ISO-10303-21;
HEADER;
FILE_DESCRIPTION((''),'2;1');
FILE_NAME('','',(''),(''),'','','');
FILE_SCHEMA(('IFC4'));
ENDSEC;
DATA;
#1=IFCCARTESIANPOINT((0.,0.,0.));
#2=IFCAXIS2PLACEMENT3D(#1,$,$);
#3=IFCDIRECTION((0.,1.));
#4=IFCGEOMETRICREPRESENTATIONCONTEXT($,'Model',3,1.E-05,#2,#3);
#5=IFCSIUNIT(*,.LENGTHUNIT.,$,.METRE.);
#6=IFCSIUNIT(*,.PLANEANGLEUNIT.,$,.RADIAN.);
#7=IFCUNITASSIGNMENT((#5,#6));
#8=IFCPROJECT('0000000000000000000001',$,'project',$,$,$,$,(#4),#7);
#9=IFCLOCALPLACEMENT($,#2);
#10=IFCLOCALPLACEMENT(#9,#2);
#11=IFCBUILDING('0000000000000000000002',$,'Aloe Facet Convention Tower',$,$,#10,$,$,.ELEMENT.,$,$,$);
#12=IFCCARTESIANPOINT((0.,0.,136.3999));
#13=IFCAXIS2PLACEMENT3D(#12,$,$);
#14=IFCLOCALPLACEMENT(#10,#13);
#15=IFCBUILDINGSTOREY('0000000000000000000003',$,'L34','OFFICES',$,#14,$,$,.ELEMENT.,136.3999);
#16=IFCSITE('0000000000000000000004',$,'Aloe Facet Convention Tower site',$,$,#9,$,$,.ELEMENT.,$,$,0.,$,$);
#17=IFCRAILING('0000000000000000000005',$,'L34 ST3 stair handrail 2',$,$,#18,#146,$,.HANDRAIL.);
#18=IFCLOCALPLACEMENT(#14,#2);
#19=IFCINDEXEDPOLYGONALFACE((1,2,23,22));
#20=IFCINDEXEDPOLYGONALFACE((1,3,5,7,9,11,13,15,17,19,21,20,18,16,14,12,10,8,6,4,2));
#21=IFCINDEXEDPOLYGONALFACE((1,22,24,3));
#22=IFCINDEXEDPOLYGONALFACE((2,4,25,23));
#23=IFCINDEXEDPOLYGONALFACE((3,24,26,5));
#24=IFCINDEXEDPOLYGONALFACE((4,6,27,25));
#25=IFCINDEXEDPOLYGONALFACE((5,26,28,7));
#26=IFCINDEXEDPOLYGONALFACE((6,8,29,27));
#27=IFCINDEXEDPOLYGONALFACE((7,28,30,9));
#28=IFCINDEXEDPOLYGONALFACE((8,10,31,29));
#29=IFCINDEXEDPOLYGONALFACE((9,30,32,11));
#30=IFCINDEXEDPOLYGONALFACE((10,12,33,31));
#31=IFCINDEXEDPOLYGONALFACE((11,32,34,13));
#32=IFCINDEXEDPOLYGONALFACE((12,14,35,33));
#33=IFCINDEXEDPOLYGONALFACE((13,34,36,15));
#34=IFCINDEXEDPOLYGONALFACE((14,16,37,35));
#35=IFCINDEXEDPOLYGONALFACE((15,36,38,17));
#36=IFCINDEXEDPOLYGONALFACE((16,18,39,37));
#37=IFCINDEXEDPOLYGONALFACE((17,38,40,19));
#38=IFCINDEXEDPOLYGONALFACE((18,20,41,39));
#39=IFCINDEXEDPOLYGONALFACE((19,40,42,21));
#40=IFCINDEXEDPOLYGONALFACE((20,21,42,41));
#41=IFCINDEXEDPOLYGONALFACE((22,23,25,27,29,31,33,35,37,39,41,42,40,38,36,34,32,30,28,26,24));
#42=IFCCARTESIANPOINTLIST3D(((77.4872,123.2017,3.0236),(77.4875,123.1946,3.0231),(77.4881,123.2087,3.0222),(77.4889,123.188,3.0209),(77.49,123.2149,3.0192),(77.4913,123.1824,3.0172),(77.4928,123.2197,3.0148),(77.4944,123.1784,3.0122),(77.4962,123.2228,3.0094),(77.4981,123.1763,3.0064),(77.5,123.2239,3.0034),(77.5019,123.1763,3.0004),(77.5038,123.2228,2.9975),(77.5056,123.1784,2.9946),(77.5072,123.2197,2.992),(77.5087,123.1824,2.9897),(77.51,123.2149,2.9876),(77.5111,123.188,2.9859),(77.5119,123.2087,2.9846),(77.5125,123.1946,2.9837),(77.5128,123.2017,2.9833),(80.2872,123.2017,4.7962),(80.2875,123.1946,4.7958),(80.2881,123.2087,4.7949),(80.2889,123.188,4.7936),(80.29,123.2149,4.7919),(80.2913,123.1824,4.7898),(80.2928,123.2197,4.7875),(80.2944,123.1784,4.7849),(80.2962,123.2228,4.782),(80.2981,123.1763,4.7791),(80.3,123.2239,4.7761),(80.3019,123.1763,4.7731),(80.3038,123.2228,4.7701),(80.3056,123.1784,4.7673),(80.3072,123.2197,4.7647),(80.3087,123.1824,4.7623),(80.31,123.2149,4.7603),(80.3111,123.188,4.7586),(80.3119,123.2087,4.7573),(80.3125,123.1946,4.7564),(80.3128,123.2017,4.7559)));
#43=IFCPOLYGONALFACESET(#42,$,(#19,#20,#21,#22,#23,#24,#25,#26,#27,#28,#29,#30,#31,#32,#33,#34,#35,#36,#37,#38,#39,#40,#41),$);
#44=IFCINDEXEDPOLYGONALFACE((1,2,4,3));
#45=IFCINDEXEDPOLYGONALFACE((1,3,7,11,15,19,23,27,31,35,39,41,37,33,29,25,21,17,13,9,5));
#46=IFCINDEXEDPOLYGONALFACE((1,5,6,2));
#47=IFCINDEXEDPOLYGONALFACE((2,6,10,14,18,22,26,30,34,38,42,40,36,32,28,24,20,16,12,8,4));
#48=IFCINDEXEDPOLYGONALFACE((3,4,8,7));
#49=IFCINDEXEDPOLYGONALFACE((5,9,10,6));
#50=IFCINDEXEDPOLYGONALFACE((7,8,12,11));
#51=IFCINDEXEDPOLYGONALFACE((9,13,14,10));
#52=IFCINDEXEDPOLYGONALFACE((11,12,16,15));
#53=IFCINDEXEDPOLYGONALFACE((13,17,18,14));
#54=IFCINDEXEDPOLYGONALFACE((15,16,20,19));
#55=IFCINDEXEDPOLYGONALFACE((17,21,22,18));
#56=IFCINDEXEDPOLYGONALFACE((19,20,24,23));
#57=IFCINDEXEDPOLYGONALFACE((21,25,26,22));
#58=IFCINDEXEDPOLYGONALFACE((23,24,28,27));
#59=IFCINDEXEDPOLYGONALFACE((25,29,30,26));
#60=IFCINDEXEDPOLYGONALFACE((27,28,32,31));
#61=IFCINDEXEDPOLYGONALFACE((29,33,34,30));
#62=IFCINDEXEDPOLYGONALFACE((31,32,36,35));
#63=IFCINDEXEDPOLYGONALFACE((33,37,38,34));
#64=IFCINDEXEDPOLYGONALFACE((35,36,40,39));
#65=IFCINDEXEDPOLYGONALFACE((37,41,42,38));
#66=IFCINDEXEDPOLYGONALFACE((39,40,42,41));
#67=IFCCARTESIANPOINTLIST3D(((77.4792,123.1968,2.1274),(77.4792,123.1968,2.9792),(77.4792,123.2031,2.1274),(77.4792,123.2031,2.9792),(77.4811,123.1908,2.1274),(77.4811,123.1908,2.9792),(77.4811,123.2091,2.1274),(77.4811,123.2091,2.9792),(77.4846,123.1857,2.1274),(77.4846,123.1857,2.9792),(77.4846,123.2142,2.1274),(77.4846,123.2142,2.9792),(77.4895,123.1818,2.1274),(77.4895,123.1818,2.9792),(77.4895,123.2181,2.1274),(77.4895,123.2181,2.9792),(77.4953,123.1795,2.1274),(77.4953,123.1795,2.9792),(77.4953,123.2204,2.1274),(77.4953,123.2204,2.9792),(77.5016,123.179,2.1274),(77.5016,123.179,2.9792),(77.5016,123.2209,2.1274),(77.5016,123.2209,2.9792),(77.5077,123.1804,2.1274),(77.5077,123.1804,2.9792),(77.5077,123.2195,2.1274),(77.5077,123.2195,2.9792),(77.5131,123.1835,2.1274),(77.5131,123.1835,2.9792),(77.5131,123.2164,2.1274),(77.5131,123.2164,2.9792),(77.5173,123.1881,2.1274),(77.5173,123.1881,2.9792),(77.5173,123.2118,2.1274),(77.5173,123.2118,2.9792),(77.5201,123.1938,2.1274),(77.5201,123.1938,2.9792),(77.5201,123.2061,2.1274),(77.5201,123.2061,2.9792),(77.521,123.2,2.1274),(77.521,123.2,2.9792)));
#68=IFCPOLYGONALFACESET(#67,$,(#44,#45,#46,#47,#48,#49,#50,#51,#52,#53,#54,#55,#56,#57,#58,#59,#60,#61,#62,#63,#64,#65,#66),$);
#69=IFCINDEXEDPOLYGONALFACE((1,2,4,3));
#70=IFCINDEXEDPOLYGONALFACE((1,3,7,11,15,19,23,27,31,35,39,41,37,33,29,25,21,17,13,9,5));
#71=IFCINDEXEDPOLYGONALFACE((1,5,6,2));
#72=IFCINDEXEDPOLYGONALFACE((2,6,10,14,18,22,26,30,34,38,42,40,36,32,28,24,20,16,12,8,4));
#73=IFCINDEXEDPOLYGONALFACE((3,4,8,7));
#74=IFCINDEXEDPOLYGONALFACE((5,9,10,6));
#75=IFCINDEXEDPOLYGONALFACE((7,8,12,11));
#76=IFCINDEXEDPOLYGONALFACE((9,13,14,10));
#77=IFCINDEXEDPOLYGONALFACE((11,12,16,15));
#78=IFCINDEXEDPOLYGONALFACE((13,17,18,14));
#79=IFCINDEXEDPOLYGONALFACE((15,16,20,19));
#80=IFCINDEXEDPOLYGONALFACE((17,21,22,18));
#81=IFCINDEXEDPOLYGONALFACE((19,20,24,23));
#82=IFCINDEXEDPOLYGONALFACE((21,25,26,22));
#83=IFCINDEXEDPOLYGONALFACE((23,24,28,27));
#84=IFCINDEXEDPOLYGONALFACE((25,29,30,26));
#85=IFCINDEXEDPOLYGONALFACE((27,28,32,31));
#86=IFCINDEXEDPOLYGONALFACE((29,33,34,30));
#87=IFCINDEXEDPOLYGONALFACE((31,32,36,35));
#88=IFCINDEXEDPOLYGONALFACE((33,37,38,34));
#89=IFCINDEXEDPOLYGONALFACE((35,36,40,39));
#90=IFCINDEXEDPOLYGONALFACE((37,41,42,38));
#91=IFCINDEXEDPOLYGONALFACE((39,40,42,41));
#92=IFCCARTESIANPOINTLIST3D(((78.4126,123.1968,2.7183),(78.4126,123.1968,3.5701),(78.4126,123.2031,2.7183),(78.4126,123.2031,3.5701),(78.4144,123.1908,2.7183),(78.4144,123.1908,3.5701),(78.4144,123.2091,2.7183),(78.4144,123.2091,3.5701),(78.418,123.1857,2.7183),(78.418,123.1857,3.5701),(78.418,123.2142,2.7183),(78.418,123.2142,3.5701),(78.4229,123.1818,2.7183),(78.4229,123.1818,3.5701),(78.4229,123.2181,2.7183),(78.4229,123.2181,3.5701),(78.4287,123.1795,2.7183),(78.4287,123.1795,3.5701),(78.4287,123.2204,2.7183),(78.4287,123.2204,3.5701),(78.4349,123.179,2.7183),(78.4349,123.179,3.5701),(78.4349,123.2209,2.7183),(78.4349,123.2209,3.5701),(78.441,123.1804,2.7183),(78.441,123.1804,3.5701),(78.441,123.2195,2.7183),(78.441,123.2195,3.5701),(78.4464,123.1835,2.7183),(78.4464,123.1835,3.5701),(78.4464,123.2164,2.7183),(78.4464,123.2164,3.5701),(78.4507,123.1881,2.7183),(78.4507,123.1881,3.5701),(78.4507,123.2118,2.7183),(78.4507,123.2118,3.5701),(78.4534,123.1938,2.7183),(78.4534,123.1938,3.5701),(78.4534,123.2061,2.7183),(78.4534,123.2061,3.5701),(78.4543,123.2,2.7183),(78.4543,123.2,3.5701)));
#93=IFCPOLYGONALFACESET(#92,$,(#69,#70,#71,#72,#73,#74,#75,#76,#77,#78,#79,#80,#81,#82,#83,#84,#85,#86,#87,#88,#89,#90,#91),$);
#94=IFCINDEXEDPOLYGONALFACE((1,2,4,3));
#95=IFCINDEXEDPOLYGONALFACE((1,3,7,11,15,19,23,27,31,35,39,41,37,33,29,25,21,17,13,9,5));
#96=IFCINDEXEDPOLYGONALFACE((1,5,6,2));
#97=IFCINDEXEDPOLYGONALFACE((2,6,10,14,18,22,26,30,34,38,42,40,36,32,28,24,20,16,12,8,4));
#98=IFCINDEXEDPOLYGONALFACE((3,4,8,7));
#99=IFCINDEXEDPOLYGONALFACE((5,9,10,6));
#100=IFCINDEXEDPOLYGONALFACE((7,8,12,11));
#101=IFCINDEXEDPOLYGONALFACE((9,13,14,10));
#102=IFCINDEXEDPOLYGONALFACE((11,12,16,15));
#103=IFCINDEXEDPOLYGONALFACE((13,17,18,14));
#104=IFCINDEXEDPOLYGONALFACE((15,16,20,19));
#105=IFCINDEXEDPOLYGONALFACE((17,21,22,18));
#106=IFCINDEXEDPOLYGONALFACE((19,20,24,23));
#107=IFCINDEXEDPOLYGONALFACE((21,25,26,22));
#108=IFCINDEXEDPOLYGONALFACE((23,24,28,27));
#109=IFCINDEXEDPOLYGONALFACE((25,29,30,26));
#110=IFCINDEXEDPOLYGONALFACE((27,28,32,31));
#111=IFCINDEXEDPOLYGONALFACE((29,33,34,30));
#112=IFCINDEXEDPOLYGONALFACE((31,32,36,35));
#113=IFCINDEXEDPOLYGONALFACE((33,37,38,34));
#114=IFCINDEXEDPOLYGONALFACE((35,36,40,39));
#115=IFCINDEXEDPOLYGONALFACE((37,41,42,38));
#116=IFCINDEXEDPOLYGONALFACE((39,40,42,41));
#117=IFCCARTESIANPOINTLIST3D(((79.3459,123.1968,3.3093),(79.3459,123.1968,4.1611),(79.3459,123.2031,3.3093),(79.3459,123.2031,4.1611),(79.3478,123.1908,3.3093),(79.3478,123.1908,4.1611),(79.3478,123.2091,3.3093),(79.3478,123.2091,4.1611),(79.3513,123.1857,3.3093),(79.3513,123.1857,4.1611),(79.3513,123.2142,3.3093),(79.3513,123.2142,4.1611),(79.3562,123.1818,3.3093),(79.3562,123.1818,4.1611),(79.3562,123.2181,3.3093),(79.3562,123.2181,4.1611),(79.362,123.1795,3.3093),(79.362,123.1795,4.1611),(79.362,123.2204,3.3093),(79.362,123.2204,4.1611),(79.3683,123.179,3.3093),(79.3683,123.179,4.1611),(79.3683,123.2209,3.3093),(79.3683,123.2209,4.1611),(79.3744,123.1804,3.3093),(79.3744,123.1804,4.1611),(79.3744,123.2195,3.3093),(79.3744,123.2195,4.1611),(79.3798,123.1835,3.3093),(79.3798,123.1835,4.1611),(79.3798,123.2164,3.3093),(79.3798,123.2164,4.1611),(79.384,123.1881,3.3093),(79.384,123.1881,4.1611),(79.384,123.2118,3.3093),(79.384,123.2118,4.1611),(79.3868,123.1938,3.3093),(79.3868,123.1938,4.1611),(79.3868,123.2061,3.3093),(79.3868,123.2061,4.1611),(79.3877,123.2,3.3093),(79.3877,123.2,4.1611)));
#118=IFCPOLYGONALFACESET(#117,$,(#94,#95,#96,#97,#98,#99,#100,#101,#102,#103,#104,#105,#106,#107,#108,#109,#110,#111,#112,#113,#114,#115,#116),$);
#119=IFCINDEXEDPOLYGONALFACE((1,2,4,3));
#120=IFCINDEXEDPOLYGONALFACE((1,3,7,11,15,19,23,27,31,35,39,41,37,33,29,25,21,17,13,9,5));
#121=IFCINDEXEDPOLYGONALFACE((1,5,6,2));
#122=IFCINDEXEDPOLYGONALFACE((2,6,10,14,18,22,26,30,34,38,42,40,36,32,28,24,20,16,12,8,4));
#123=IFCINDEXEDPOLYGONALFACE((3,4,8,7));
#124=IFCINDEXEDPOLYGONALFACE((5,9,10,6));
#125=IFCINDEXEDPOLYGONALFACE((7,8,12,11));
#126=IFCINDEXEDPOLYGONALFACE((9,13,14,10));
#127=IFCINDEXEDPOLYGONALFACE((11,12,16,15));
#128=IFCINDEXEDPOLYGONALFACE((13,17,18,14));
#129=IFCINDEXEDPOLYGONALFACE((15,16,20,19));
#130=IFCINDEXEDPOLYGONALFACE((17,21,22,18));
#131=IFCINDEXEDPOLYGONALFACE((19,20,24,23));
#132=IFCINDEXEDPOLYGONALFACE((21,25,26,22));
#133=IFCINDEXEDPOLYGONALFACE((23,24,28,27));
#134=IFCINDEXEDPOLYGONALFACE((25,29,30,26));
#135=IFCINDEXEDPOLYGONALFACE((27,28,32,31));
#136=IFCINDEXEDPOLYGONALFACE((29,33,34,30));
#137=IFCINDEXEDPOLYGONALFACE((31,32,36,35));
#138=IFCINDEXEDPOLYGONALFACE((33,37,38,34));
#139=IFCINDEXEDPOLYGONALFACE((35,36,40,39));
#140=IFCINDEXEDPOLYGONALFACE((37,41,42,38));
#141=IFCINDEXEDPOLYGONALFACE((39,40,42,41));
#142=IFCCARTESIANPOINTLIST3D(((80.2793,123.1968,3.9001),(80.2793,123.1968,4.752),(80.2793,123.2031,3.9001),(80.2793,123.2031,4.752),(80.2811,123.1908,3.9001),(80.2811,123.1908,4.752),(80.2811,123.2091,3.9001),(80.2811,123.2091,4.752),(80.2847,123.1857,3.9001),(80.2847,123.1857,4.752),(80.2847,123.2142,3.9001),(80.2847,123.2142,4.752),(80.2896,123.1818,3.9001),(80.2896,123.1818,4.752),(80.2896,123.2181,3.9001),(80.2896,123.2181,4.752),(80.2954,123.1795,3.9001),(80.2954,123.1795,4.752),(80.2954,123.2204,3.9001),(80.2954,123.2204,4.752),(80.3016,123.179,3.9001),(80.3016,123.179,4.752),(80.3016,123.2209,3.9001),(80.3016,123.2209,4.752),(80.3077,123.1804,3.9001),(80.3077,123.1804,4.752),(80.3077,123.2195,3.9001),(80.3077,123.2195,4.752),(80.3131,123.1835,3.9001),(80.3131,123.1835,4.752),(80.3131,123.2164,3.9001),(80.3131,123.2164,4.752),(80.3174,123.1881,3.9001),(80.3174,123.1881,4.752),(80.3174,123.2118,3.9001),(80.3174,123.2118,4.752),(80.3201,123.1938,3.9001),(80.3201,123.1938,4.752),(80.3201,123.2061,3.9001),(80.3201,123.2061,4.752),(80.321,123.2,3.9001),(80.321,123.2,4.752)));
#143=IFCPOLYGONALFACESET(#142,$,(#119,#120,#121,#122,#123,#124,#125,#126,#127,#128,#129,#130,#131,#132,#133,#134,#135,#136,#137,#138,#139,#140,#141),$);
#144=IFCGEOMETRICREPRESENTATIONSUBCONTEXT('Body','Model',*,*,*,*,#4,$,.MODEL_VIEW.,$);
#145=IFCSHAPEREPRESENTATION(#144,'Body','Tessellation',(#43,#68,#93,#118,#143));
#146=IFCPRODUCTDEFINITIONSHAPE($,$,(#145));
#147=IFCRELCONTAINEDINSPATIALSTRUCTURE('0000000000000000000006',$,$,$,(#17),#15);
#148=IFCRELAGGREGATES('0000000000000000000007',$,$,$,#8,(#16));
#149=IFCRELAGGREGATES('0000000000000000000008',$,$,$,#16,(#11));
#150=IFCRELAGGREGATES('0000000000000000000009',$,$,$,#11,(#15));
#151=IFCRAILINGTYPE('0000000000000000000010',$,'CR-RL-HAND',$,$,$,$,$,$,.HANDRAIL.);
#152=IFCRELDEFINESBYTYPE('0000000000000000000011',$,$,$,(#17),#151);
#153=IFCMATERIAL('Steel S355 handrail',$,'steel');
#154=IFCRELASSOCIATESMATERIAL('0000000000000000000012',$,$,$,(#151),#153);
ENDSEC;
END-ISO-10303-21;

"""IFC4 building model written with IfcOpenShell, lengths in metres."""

from ifc_helpers import new_model, si_unit, direction, frame, origin, origin_2d, place, context, subcontext, project, spatial, circle, extrude, material, type_object, element, save


model = new_model("IFC4")

# Units and contexts
model_context = context("Model", 3, precision=1e-05, world=origin(), true_north=direction((0.0, 1.0)))
body_context = subcontext(model_context, "Body", "Model", "MODEL_VIEW")
ifc_project = project(units=[si_unit("LENGTHUNIT", "METRE"), si_unit("PLANEANGLEUNIT", "RADIAN")], contexts=[model_context])

# Site, building, storey
site_placement = place(None, origin())
site = spatial("IfcSite", under=ifc_project, at=site_placement, Name="Aloe Facet Convention Tower site", CompositionType="ELEMENT", RefElevation=0.0)
building_placement = place(site_placement, origin())
building = spatial("IfcBuilding", under=site, at=building_placement, Name="Aloe Facet Convention Tower", CompositionType="ELEMENT")
storey_placement = place(building_placement, frame((0.0, 0.0, 136.3999)))
storey = spatial("IfcBuildingStorey", under=building, at=storey_placement, Name="L34", Description="OFFICES", CompositionType="ELEMENT", Elevation=136.3999)

# Railing
ifc_material_1 = material(Name="Steel S355 handrail", Category="steel")
railing_type_1 = type_object("IfcRailingType", Name="CR-RL-HAND", PredefinedType="HANDRAIL", material=ifc_material_1)
railing_1_placement = place(storey_placement, frame((77.5, 123.2, 2.1274)))
element("IfcRailing", 1, at=railing_1_placement, inside=storey, type_object=railing_type_1, Name="L34 ST3 stair handrail 2", PredefinedType="HANDRAIL", context=body_context, shape_type="SweptSolid", body=[
    extrude(circle(Radius=0.0239, at=origin_2d()), frame((0.0, 0.0, 0.876), z_axis=(0.844909, 0.0, 0.53491), x_axis=(0.0, 1.0, 0.0)), (0.0, 0.0, 1.0), 3.314),
    extrude(circle(Radius=0.021, at=origin_2d()), origin(), (0.0, 0.0, 1.0), 0.8518),
    extrude(circle(Radius=0.021, at=origin_2d()), frame((0.9333, 0.0, 0.5908)), (0.0, 0.0, 1.0), 0.8518),
    extrude(circle(Radius=0.021, at=origin_2d()), frame((1.8667, 0.0, 1.1819)), (0.0, 0.0, 1.0), 0.8518),
    extrude(circle(Radius=0.021, at=origin_2d()), frame((2.8, 0.0, 1.7727)), (0.0, 0.0, 1.0), 0.8518),
])

save(model, "model.ifc")
